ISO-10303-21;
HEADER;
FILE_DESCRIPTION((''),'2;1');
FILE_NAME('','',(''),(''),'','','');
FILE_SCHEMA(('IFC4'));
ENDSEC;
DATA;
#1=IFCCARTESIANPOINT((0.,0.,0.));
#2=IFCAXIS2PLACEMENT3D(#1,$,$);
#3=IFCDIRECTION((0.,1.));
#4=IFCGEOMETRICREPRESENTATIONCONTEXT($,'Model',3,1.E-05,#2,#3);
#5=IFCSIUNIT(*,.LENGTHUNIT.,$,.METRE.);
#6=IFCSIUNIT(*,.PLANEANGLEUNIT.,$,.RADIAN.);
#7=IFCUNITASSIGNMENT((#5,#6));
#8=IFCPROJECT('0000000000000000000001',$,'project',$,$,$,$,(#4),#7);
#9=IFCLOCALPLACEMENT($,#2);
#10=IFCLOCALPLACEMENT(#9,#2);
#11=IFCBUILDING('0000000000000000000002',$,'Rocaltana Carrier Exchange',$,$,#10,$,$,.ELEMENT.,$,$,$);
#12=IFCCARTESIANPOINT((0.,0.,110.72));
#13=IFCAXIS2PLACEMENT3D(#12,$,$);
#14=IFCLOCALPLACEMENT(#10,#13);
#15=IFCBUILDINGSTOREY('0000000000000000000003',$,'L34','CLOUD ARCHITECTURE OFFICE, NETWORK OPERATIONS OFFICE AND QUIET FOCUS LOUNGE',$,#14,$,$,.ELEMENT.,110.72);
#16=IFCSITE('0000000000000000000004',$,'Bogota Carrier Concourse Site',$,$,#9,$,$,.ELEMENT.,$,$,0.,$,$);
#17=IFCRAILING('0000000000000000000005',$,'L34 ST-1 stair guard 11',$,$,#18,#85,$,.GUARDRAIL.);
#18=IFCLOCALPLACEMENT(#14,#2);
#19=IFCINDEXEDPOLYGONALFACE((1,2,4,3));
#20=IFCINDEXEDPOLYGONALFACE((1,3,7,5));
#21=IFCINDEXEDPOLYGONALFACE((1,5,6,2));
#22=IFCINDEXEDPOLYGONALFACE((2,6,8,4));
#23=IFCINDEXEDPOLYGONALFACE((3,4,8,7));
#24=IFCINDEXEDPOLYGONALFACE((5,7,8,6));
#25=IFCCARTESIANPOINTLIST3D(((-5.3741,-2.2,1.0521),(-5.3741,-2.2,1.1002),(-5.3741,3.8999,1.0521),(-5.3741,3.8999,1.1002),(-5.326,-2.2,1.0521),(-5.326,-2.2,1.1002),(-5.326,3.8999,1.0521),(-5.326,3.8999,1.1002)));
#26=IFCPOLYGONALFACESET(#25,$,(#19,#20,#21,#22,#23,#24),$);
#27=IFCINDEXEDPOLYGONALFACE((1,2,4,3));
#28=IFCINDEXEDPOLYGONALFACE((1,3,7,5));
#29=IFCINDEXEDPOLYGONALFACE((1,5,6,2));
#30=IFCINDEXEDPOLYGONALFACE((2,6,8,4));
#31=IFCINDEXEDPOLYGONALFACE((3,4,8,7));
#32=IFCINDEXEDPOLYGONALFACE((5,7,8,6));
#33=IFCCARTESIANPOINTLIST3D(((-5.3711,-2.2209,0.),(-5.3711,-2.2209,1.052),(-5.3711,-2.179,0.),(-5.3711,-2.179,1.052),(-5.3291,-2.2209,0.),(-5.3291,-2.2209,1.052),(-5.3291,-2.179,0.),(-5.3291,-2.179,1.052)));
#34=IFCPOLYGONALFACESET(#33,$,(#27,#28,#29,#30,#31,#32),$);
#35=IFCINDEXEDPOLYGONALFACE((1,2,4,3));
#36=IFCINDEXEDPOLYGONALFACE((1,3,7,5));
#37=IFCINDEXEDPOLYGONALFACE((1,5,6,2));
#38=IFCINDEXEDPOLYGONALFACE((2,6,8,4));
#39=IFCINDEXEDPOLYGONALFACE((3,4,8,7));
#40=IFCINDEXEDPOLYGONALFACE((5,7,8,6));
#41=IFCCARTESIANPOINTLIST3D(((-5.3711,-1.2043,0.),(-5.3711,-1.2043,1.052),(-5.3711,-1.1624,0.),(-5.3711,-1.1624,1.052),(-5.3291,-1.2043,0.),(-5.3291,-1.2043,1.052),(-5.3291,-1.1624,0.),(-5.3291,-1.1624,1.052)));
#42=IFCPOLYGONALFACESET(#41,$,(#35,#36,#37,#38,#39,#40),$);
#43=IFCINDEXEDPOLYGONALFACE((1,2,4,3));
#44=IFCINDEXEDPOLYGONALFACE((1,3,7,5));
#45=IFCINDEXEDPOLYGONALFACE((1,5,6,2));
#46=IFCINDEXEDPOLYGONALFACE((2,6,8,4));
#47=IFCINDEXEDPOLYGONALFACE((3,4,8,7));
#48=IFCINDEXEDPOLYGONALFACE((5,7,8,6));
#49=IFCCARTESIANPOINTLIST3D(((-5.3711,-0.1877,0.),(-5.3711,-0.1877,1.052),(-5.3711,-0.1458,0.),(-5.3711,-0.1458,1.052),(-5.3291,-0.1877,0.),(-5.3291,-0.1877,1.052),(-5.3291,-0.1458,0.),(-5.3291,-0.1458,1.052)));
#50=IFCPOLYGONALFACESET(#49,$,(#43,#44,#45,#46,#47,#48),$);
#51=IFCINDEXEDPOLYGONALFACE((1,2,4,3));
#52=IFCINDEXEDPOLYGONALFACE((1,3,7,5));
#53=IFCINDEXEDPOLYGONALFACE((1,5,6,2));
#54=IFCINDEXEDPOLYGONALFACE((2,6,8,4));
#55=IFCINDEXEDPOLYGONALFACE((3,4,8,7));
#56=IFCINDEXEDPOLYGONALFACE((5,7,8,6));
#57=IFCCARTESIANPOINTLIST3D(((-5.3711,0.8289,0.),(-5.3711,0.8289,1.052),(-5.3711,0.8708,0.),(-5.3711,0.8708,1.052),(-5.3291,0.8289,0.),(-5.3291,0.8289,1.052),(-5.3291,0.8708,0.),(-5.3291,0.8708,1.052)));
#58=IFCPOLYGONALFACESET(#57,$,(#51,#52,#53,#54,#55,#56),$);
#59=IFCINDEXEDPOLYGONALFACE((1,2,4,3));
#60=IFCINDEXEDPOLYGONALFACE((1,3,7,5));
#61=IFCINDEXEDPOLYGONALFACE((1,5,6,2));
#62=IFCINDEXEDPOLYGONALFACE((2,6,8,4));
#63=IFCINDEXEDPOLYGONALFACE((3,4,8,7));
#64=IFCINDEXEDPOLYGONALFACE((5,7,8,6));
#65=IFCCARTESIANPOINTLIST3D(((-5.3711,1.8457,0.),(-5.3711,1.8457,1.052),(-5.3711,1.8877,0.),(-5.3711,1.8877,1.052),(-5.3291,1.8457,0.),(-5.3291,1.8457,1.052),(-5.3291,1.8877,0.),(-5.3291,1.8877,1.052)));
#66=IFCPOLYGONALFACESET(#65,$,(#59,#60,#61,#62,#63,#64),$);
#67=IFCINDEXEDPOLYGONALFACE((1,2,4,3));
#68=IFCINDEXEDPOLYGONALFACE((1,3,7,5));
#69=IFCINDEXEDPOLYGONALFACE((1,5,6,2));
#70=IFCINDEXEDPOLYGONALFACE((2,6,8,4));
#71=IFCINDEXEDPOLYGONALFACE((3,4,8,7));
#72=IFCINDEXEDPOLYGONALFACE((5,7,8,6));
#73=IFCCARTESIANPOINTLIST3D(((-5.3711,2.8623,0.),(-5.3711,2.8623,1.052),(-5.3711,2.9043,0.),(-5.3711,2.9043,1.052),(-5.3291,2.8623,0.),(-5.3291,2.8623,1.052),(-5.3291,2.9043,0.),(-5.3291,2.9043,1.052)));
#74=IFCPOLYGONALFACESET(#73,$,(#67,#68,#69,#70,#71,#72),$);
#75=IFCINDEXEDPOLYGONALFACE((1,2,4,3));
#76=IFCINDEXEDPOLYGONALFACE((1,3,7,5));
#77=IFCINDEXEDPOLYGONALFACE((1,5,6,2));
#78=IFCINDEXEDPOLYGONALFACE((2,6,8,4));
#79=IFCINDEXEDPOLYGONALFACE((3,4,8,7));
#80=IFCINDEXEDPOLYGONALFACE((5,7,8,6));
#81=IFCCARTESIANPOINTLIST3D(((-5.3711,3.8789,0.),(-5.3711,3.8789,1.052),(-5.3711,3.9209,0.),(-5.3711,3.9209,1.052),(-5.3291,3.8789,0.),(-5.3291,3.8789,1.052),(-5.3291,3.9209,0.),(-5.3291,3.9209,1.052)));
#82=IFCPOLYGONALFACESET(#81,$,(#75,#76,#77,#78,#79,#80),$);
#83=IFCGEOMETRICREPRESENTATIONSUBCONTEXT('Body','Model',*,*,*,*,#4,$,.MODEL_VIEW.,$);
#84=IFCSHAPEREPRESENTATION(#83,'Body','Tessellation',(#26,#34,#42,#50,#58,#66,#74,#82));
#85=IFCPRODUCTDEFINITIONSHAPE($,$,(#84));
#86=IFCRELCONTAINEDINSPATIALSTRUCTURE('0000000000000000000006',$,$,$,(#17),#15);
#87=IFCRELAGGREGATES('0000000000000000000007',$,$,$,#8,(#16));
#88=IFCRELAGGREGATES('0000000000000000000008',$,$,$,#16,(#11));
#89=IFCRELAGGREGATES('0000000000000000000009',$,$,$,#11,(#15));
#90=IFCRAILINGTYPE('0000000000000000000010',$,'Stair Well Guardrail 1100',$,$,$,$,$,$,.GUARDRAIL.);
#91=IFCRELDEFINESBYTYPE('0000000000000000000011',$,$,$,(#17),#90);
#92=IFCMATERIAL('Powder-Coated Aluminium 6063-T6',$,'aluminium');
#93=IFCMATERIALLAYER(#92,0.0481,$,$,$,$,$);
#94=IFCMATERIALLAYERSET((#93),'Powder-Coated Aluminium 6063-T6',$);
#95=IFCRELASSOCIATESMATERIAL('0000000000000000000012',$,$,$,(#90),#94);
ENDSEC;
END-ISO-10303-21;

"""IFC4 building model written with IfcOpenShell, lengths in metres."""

from ifc_helpers import new_model, si_unit, direction, frame, origin, origin_2d, place, context, subcontext, project, spatial, rectangle, extrude, material, layer, layer_set, type_object, element, save


model = new_model("IFC4")

# Units and contexts
model_context = context("Model", 3, precision=1e-05, world=origin(), true_north=direction((0.0, 1.0)))
body_context = subcontext(model_context, "Body", "Model", "MODEL_VIEW")
ifc_project = project(units=[si_unit("LENGTHUNIT", "METRE"), si_unit("PLANEANGLEUNIT", "RADIAN")], contexts=[model_context])

# Site, building, storey
site_placement = place(None, origin())
site = spatial("IfcSite", under=ifc_project, at=site_placement, Name="Bogota Carrier Concourse Site", CompositionType="ELEMENT", RefElevation=0.0)
building_placement = place(site_placement, origin())
building = spatial("IfcBuilding", under=site, at=building_placement, Name="Rocaltana Carrier Exchange", CompositionType="ELEMENT")
storey_placement = place(building_placement, frame((0.0, 0.0, 110.72)))
storey = spatial("IfcBuildingStorey", under=building, at=storey_placement, Name="L34", Description="CLOUD ARCHITECTURE OFFICE, NETWORK OPERATIONS OFFICE AND QUIET FOCUS LOUNGE", CompositionType="ELEMENT", Elevation=110.72)

# Railing
ifc_material_1 = material(Name="Powder-Coated Aluminium 6063-T6", Category="aluminium")
ifc_layer_1 = layer(ifc_material_1, 0.0481)
ifc_layer_set_1 = layer_set([ifc_layer_1], Name="Powder-Coated Aluminium 6063-T6")
railing_type_1 = type_object("IfcRailingType", Name="Stair Well Guardrail 1100", PredefinedType="GUARDRAIL", material=ifc_layer_set_1)
for number, where, name in (
    (1, (-5.3501, -2.2, 0.0), "L34 ST-1 stair guard 11"),
):
    element("IfcRailing", number, at=place(storey_placement, frame(where)), inside=storey, type_object=railing_type_1, Name=name, PredefinedType="GUARDRAIL", context=body_context, shape_type="SweptSolid", body=[
        extrude(rectangle(XDim=0.0481, YDim=0.0481, at=origin_2d()), frame((0.0, 0.0, 1.0762), z_axis=(0.0, 1.0, 0.0), x_axis=(-1.0, 0.0, 0.0)), (0.0, 0.0, 1.0), 6.0999),
        extrude(rectangle(XDim=0.042, YDim=0.042, at=origin_2d()), origin(), (0.0, 0.0, 1.0), 1.052),
        extrude(rectangle(XDim=0.042, YDim=0.042, at=origin_2d()), frame((0.0, 1.0166, 0.0)), (0.0, 0.0, 1.0), 1.052),
        extrude(rectangle(XDim=0.042, YDim=0.042, at=origin_2d()), frame((0.0, 2.0332, 0.0)), (0.0, 0.0, 1.0), 1.052),
        extrude(rectangle(XDim=0.042, YDim=0.042, at=origin_2d()), frame((0.0, 3.0498, 0.0)), (0.0, 0.0, 1.0), 1.052),
        extrude(rectangle(XDim=0.042, YDim=0.042, at=origin_2d()), frame((0.0, 4.0667, 0.0)), (0.0, 0.0, 1.0), 1.052),
        extrude(rectangle(XDim=0.042, YDim=0.042, at=origin_2d()), frame((0.0, 5.0833, 0.0)), (0.0, 0.0, 1.0), 1.052),
        extrude(rectangle(XDim=0.042, YDim=0.042, at=origin_2d()), frame((0.0, 6.0999, 0.0)), (0.0, 0.0, 1.0), 1.052),
    ])

save(model, "model.ifc")
